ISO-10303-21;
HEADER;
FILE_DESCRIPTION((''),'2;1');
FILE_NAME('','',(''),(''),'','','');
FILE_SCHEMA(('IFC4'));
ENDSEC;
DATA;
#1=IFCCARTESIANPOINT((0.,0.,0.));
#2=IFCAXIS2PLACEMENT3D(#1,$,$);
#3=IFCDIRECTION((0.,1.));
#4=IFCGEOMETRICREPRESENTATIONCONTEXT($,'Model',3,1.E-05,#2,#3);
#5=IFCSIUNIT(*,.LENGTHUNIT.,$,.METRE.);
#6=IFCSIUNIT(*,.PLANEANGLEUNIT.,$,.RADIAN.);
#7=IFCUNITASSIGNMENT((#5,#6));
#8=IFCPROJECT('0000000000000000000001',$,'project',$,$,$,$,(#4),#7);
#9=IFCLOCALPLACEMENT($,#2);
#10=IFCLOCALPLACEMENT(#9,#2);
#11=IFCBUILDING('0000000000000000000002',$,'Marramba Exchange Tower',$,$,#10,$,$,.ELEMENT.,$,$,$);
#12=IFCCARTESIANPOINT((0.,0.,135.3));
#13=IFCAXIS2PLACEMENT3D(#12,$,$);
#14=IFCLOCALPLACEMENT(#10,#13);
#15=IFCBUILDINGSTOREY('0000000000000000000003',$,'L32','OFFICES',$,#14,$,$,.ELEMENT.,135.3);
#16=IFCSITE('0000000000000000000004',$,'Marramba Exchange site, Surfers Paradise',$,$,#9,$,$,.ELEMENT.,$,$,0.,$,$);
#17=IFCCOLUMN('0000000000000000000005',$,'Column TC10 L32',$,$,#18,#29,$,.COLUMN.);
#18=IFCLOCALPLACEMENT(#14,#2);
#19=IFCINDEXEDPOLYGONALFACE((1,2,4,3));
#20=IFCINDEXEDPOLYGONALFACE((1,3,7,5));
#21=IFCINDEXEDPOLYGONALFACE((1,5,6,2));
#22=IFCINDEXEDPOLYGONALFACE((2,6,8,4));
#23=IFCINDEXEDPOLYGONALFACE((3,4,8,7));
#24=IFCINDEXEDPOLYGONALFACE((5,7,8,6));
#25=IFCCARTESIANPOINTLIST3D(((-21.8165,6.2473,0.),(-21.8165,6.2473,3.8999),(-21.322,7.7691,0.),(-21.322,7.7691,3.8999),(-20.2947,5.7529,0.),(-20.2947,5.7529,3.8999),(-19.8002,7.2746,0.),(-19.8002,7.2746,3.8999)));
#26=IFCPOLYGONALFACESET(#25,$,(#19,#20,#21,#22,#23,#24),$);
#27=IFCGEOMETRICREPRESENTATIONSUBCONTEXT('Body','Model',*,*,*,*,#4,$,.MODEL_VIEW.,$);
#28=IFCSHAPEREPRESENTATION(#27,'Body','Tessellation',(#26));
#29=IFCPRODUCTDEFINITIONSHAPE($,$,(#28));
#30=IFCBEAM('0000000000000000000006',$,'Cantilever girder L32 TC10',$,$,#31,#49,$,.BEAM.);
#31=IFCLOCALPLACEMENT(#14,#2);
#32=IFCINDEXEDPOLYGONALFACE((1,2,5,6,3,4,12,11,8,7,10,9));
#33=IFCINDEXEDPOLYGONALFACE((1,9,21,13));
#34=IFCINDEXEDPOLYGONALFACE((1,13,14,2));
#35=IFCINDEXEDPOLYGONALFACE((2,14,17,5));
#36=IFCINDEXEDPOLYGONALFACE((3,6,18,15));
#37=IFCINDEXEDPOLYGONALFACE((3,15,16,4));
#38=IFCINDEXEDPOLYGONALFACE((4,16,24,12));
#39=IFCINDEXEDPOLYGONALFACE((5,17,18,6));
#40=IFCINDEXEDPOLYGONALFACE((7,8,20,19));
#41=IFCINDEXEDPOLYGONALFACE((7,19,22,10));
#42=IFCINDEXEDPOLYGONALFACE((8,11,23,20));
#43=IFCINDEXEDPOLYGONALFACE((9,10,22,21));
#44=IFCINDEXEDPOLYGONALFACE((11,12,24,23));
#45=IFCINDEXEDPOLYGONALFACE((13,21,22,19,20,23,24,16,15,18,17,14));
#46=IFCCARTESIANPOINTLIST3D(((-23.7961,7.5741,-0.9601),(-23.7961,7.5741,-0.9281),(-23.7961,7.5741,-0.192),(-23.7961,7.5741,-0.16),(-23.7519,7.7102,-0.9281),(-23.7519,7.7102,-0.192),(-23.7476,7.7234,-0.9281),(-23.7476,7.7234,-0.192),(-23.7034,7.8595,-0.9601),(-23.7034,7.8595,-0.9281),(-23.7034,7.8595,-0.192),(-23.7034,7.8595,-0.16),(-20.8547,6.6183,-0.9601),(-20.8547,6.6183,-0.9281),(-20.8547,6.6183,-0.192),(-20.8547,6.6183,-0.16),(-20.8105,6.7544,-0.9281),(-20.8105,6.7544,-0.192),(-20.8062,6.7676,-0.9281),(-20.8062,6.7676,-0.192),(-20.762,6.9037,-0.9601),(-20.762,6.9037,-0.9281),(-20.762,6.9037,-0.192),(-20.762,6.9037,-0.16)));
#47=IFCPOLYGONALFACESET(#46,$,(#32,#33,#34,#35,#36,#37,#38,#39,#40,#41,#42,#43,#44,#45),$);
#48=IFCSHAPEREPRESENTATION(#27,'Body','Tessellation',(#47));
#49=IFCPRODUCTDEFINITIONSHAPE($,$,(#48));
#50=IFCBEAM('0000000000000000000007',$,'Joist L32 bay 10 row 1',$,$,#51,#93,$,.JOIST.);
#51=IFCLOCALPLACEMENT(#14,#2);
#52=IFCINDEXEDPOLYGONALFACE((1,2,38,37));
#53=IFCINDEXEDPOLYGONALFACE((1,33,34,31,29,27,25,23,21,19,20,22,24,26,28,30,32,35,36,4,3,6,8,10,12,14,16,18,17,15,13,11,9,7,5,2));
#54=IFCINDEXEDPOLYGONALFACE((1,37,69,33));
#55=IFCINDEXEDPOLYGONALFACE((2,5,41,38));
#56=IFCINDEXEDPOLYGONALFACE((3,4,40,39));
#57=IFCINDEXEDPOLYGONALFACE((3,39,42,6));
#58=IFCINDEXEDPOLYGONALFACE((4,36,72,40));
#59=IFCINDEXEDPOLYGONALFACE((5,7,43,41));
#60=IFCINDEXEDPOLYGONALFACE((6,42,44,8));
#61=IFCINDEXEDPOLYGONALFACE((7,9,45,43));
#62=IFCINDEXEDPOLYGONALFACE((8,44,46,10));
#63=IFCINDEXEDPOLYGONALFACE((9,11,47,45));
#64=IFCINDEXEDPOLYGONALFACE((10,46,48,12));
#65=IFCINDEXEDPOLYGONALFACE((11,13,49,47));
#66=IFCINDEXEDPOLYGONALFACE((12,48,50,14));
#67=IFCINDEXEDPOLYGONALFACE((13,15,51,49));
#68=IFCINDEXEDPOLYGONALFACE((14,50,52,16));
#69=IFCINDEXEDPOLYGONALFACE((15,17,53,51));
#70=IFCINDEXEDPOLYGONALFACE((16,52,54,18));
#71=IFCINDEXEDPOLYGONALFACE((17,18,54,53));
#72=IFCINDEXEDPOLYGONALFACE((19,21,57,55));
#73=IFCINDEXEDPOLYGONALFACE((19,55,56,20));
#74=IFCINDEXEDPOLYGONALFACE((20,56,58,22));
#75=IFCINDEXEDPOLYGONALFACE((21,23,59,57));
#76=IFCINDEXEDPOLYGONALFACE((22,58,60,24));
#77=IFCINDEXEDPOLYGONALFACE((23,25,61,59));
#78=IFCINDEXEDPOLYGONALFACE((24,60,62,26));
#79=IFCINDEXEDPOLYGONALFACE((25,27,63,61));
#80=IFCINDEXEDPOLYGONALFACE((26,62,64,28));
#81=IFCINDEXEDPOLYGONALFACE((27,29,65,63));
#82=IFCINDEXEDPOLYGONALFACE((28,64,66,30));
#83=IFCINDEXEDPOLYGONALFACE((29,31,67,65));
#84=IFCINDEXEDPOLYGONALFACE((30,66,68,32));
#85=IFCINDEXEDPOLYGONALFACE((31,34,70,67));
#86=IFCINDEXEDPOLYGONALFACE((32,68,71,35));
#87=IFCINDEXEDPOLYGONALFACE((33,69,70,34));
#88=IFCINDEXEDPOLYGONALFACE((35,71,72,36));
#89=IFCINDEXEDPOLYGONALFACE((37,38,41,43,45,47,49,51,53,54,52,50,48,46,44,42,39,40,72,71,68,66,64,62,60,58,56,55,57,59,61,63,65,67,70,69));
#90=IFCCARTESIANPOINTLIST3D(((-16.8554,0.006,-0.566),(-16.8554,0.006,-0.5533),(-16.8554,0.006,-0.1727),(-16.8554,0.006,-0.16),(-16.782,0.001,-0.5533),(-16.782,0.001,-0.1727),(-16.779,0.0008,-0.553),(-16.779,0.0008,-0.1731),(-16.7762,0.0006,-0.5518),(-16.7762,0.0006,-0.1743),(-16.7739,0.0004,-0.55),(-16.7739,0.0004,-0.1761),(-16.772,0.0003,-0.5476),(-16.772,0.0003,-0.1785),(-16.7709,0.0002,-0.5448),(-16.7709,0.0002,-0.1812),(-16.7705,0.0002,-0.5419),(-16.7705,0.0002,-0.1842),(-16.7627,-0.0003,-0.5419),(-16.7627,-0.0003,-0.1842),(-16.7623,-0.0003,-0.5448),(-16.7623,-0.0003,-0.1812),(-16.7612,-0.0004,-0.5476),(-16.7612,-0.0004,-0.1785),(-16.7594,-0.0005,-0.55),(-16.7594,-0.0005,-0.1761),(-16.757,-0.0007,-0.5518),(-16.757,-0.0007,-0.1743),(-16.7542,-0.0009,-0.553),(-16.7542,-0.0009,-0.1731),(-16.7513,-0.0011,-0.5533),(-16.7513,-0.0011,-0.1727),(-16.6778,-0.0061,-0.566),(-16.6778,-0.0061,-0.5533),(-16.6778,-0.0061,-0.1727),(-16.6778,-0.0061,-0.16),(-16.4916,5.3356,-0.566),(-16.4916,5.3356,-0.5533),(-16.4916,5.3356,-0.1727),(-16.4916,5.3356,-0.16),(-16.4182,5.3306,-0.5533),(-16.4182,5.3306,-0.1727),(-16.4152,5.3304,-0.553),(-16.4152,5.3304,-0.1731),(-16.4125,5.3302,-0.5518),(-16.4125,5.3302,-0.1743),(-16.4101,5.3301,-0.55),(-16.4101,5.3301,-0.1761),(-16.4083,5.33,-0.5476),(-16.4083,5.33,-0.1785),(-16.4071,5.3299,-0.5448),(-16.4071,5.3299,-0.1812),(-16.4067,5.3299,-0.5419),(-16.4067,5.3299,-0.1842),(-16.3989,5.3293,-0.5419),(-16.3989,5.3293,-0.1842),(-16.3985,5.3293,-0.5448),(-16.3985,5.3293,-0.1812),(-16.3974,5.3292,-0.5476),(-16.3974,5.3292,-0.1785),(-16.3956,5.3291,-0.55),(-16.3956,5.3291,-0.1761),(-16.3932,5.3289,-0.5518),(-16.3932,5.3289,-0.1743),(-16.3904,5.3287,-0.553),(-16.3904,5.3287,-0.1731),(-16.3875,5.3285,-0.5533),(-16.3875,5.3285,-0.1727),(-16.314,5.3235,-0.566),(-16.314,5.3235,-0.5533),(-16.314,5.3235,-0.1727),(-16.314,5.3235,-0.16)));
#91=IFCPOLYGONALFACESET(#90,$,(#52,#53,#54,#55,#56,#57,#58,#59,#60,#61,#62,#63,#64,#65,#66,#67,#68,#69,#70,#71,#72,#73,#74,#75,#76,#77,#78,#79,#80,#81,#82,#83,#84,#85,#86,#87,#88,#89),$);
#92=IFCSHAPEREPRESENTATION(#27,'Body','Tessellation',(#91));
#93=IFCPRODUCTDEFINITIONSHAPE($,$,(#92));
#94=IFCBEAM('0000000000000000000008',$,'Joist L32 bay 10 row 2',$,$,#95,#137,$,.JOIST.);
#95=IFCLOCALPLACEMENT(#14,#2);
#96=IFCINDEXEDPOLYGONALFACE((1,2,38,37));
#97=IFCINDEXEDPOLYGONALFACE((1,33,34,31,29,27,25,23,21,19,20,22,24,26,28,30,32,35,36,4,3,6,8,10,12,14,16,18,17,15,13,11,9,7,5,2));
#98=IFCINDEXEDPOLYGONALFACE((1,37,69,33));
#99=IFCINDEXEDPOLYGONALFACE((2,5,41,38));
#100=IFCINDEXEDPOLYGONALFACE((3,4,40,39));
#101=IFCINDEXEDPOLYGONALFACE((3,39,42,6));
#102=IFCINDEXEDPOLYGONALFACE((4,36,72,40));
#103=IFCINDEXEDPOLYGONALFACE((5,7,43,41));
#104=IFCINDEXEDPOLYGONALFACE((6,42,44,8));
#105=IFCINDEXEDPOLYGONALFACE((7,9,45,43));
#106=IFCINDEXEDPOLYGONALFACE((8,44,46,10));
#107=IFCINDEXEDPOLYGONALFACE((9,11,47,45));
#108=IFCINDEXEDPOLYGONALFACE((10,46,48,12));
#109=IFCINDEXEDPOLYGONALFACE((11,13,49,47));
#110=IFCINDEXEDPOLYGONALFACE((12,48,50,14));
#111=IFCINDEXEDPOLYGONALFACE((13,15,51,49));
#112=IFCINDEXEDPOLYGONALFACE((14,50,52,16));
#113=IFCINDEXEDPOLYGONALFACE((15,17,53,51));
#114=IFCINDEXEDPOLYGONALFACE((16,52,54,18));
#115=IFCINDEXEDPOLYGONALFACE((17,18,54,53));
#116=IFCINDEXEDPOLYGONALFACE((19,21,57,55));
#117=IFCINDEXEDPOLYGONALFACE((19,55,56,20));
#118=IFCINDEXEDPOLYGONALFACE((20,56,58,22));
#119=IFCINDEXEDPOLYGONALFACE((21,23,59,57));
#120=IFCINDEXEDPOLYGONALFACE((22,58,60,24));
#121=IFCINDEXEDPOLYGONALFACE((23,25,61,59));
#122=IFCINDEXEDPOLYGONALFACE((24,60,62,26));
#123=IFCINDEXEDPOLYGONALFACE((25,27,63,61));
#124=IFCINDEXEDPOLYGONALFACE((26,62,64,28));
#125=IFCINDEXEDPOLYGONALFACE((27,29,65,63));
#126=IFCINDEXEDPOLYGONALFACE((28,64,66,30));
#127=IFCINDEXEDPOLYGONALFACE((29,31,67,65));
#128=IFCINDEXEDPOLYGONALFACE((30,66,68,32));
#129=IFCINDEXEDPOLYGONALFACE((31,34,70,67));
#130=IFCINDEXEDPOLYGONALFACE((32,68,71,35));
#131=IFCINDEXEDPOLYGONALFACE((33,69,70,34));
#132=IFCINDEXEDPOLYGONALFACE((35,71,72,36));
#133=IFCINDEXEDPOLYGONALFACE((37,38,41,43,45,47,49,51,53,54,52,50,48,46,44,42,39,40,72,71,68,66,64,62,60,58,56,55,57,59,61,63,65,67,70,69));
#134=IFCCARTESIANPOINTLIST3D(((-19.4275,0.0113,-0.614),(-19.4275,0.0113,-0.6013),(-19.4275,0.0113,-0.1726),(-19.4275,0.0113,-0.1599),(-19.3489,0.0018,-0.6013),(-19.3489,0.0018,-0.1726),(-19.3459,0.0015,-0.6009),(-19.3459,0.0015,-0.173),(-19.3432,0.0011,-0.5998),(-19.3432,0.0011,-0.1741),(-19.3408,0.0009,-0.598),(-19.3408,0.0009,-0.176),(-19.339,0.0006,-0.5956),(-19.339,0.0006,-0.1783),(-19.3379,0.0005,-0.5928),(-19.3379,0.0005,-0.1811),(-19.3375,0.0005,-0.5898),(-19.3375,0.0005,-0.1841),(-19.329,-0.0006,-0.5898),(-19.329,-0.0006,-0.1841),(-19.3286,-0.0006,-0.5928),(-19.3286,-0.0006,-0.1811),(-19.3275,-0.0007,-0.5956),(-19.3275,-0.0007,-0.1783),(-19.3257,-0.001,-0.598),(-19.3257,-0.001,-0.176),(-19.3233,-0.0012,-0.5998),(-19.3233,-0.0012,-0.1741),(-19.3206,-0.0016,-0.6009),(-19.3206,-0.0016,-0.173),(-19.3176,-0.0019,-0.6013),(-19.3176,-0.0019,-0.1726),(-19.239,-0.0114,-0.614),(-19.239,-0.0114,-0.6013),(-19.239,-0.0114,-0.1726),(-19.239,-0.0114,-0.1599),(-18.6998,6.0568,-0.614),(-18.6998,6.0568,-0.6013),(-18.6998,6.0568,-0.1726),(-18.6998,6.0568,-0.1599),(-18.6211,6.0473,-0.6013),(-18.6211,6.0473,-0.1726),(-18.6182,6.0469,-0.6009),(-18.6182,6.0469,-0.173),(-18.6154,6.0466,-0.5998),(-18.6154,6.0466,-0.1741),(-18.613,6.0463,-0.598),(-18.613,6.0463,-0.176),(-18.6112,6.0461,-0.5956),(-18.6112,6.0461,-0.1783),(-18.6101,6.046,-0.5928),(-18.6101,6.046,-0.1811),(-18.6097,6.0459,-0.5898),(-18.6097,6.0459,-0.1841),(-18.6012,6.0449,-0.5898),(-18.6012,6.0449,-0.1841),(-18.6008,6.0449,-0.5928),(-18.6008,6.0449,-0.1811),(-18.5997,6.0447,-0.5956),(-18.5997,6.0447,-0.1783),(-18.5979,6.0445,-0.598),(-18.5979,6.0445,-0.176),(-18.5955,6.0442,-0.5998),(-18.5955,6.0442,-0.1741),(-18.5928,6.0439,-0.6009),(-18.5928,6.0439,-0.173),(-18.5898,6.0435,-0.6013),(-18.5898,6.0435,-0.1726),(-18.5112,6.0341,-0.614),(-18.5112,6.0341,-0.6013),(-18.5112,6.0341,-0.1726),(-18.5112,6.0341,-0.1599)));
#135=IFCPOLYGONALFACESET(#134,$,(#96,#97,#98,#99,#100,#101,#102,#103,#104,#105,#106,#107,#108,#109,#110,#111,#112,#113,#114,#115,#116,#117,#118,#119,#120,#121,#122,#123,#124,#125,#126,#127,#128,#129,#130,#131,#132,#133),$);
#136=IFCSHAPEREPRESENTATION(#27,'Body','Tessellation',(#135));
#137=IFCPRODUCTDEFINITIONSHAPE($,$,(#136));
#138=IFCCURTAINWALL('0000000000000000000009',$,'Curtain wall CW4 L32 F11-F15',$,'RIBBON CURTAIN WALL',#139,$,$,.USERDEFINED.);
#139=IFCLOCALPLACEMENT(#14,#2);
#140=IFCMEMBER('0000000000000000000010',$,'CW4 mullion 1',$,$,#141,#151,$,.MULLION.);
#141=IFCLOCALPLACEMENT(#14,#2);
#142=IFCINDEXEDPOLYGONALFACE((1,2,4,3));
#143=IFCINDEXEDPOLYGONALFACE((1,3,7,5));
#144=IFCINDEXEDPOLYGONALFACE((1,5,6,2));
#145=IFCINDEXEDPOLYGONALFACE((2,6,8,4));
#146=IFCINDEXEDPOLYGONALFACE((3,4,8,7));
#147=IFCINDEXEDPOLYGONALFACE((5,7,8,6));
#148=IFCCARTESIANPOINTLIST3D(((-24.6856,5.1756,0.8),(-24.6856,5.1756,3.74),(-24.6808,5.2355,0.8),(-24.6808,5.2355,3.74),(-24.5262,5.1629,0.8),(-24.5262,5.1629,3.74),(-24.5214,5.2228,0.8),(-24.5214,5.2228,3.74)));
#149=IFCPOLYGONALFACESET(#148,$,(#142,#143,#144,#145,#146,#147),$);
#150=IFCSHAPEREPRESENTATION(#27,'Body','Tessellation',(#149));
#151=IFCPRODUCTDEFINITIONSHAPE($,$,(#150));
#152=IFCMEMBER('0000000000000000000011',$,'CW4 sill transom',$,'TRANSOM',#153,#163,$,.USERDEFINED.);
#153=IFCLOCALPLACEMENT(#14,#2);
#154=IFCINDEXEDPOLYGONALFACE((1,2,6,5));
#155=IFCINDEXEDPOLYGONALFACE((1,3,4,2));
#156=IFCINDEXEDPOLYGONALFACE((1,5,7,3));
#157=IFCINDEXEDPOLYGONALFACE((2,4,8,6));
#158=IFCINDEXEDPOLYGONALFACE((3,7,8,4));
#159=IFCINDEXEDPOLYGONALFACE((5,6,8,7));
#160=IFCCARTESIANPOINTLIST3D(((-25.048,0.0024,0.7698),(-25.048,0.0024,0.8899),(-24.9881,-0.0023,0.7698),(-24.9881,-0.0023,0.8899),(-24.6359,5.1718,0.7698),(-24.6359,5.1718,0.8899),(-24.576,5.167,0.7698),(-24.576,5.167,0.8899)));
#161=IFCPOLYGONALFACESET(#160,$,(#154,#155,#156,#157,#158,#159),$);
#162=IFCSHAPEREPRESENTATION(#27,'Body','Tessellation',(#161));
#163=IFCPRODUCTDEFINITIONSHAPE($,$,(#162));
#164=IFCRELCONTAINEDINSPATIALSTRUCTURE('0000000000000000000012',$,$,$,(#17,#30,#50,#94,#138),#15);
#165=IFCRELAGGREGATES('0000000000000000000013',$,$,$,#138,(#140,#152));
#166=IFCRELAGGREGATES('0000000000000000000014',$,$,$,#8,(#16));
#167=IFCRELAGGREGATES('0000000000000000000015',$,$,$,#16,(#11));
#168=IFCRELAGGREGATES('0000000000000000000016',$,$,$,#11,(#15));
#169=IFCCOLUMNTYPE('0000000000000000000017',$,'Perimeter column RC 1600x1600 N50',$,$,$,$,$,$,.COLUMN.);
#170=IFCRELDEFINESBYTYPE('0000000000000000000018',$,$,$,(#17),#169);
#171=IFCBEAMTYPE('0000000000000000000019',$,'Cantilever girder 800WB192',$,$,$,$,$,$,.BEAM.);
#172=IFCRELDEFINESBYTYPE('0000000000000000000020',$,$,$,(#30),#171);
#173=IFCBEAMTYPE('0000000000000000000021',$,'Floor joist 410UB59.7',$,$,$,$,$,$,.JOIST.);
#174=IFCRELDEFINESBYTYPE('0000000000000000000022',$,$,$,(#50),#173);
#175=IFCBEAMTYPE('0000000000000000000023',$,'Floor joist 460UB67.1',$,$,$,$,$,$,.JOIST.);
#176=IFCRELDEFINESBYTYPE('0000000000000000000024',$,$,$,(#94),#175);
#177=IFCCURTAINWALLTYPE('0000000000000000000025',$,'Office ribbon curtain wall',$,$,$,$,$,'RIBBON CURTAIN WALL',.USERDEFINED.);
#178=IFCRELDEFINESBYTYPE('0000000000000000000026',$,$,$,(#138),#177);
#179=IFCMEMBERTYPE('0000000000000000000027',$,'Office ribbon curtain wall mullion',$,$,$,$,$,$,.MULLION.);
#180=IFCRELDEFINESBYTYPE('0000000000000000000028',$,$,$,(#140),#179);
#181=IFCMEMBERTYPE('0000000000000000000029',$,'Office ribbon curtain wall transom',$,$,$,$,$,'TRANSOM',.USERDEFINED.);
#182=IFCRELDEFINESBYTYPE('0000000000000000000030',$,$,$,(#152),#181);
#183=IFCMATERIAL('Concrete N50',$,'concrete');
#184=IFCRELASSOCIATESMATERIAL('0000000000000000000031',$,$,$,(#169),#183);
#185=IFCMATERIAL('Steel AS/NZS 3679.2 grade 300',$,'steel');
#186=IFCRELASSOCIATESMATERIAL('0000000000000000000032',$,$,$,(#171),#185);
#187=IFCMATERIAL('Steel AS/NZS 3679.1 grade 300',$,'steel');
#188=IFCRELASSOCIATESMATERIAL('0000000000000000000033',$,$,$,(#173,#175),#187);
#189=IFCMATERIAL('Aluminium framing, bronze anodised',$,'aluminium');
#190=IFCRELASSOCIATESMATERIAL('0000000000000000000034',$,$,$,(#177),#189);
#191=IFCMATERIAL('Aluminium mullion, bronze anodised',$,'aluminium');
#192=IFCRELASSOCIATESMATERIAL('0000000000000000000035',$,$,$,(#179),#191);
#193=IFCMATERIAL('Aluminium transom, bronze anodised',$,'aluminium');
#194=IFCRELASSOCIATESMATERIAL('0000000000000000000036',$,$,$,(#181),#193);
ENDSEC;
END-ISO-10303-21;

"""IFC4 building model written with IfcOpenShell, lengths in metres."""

from ifc_helpers import new_model, si_unit, direction, frame, origin, origin_2d, place, context, subcontext, project, spatial, rectangle, i_section, extrude, material, material_profile, profile_set, type_object, element, aggregate, save


model = new_model("IFC4")

# Units and contexts
model_context = context("Model", 3, precision=1e-05, world=origin(), true_north=direction((0.0, 1.0)))
body_context = subcontext(model_context, "Body", "Model", "MODEL_VIEW")
ifc_project = project(units=[si_unit("LENGTHUNIT", "METRE"), si_unit("PLANEANGLEUNIT", "RADIAN")], contexts=[model_context])

# Site, building, storey
site_placement = place(None, origin())
site = spatial("IfcSite", under=ifc_project, at=site_placement, Name="Marramba Exchange site, Surfers Paradise", CompositionType="ELEMENT", RefElevation=0.0)
building_placement = place(site_placement, origin())
building = spatial("IfcBuilding", under=site, at=building_placement, Name="Marramba Exchange Tower", CompositionType="ELEMENT")
storey_placement = place(building_placement, frame((0.0, 0.0, 135.3)))
storey = spatial("IfcBuildingStorey", under=building, at=storey_placement, Name="L32", Description="OFFICES", CompositionType="ELEMENT", Elevation=135.3)

# Column
ifc_material_1 = material(Name="Concrete N50", Category="concrete")
ifc_material_profile_1 = material_profile(ifc_material_1, rectangle(XDim=1.6001, YDim=1.6001, at=origin_2d()), Name="RC 1600x1600")
ifc_profile_set_1 = profile_set([ifc_material_profile_1], Name="Concrete N50")
column_type = type_object("IfcColumnType", Name="Perimeter column RC 1600x1600 N50", PredefinedType="COLUMN", material=ifc_profile_set_1)
column_placement = place(storey_placement, frame((-20.8083, 6.761, 0.0), z_axis=(0.0, 0.0, 1.0), x_axis=(-0.951057, 0.309017, 0.0)))
element("IfcColumn", 1, at=column_placement, inside=storey, type_object=column_type, Name="Column TC10 L32", PredefinedType="COLUMN", context=body_context, shape_type="SweptSolid", body=[
    extrude(rectangle(XDim=1.6001, YDim=1.6001, at=origin_2d()), origin(), (0.0, 0.0, 1.0), 3.8999),
])

# Beams
ifc_material_2 = material(Name="Steel AS/NZS 3679.2 grade 300", Category="steel")
ifc_material_profile_2 = material_profile(ifc_material_2, i_section(OverallWidth=0.3, OverallDepth=0.8, WebThickness=0.0139, FlangeThickness=0.032, at=origin_2d()), Name="800WB192")
ifc_profile_set_2 = profile_set([ifc_material_profile_2], Name="Steel AS/NZS 3679.2 grade 300")
beam_type_1 = type_object("IfcBeamType", Name="Cantilever girder 800WB192", PredefinedType="BEAM", material=ifc_profile_set_2)
beam_1_placement = place(storey_placement, frame((-20.8083, 6.761, -0.5601), z_axis=(-0.951048, 0.309043, 0.0), x_axis=(-0.309043, -0.951048, 0.0)))
element("IfcBeam", 2, at=beam_1_placement, inside=storey, type_object=beam_type_1, Name="Cantilever girder L32 TC10", PredefinedType="BEAM", context=body_context, shape_type="SweptSolid", body=[
    extrude(i_section(OverallWidth=0.3, OverallDepth=0.8, WebThickness=0.0139, FlangeThickness=0.032, at=origin_2d()), origin(), (0.0, 0.0, 1.0), 3.0928),
])
ifc_material_3 = material(Name="Steel AS/NZS 3679.1 grade 300", Category="steel")
ifc_material_profile_3 = material_profile(ifc_material_3, i_section(OverallWidth=0.178, OverallDepth=0.406, WebThickness=0.0078, FlangeThickness=0.0127, FilletRadius=0.0115, at=origin_2d()), Name="410UB59.7")
ifc_profile_set_3 = profile_set([ifc_material_profile_3], Name="Steel AS/NZS 3679.1 grade 300")
beam_type_2 = type_object("IfcBeamType", Name="Floor joist 410UB59.7", PredefinedType="JOIST", material=ifc_profile_set_3)
beam_2_placement = place(storey_placement, frame((-16.4028, 5.3296, -0.363), z_axis=(-0.068096, -0.997679, 0.0), x_axis=(0.997679, -0.068096, 0.0)))
element("IfcBeam", 3, at=beam_2_placement, inside=storey, type_object=beam_type_2, Name="Joist L32 bay 10 row 1", PredefinedType="JOIST", context=body_context, shape_type="SweptSolid", body=[
    extrude(i_section(OverallWidth=0.178, OverallDepth=0.406, WebThickness=0.0078, FlangeThickness=0.0127, FilletRadius=0.0115, at=origin_2d()), origin(), (0.0, 0.0, 1.0), 5.342),
])
ifc_material_profile_4 = material_profile(ifc_material_3, i_section(OverallWidth=0.1899, OverallDepth=0.4541, WebThickness=0.0085, FlangeThickness=0.0127, FilletRadius=0.0115, at=origin_2d()), Name="460UB67.1")
ifc_profile_set_4 = profile_set([ifc_material_profile_4], Name="Steel AS/NZS 3679.1 grade 300")
beam_type_3 = type_object("IfcBeamType", Name="Floor joist 460UB67.1", PredefinedType="JOIST", material=ifc_profile_set_4)
beam_3_placement = place(storey_placement, frame((-18.6055, 6.0454, -0.387), z_axis=(-0.119523, -0.992831, 0.0), x_axis=(0.992831, -0.119523, 0.0)))
element("IfcBeam", 4, at=beam_3_placement, inside=storey, type_object=beam_type_3, Name="Joist L32 bay 10 row 2", PredefinedType="JOIST", context=body_context, shape_type="SweptSolid", body=[
    extrude(i_section(OverallWidth=0.1899, OverallDepth=0.4541, WebThickness=0.0085, FlangeThickness=0.0127, FilletRadius=0.0115, at=origin_2d()), origin(), (0.0, 0.0, 1.0), 6.0891),
])

# Curtain wall, members
ifc_material_4 = material(Name="Aluminium framing, bronze anodised", Category="aluminium")
curtain_wall_type = type_object("IfcCurtainWallType", Name="Office ribbon curtain wall", ElementType="RIBBON CURTAIN WALL", PredefinedType="USERDEFINED", material=ifc_material_4)
curtain_wall_placement = place(storey_placement, origin())
curtain_wall = element("IfcCurtainWall", 5, at=curtain_wall_placement, inside=storey, type_object=curtain_wall_type, Name="Curtain wall CW4 L32 F11-F15", ObjectType="RIBBON CURTAIN WALL", PredefinedType="USERDEFINED")
ifc_material_5 = material(Name="Aluminium mullion, bronze anodised", Category="aluminium")
ifc_material_profile_5 = material_profile(ifc_material_5, rectangle(XDim=0.1599, YDim=0.0601, at=origin_2d()), Name="CW4 mullion 60x160")
ifc_profile_set_5 = profile_set([ifc_material_profile_5], Name="Aluminium mullion, bronze anodised")
member_type_1 = type_object("IfcMemberType", Name="Office ribbon curtain wall mullion", PredefinedType="MULLION", material=ifc_profile_set_5)
member_1_placement = place(storey_placement, frame((-24.6035, 5.1992, 0.8), z_axis=(0.0, 0.0, 1.0), x_axis=(0.996838, -0.07946, 0.0)))
member_1 = element("IfcMember", 6, at=member_1_placement, type_object=member_type_1, Name="CW4 mullion 1", PredefinedType="MULLION", context=body_context, shape_type="SweptSolid", body=[
    extrude(rectangle(XDim=0.1599, YDim=0.0601, at=origin_2d()), origin(), (0.0, 0.0, 1.0), 2.9399),
])
ifc_material_6 = material(Name="Aluminium transom, bronze anodised", Category="aluminium")
ifc_material_profile_6 = material_profile(ifc_material_6, rectangle(XDim=0.0601, YDim=0.1201, at=origin_2d()), Name="CW4 transom 60x120")
ifc_profile_set_6 = profile_set([ifc_material_profile_6], Name="Aluminium transom, bronze anodised")
member_type_2 = type_object("IfcMemberType", Name="Office ribbon curtain wall transom", ElementType="TRANSOM", PredefinedType="USERDEFINED", material=ifc_profile_set_6)
member_2_placement = place(storey_placement, frame((-24.606, 5.1694, 0.8298), z_axis=(-0.079468, -0.996837, 0.0), x_axis=(0.996837, -0.079468, 0.0)))
member_2 = element("IfcMember", 7, at=member_2_placement, type_object=member_type_2, Name="CW4 sill transom", ObjectType="TRANSOM", PredefinedType="USERDEFINED", context=body_context, shape_type="SweptSolid", body=[
    extrude(rectangle(XDim=0.0601, YDim=0.1201, at=origin_2d()), origin(), (0.0, 0.0, 1.0), 5.1858),
])

aggregate(curtain_wall, [member_1, member_2])

save(model, "model.ifc")
